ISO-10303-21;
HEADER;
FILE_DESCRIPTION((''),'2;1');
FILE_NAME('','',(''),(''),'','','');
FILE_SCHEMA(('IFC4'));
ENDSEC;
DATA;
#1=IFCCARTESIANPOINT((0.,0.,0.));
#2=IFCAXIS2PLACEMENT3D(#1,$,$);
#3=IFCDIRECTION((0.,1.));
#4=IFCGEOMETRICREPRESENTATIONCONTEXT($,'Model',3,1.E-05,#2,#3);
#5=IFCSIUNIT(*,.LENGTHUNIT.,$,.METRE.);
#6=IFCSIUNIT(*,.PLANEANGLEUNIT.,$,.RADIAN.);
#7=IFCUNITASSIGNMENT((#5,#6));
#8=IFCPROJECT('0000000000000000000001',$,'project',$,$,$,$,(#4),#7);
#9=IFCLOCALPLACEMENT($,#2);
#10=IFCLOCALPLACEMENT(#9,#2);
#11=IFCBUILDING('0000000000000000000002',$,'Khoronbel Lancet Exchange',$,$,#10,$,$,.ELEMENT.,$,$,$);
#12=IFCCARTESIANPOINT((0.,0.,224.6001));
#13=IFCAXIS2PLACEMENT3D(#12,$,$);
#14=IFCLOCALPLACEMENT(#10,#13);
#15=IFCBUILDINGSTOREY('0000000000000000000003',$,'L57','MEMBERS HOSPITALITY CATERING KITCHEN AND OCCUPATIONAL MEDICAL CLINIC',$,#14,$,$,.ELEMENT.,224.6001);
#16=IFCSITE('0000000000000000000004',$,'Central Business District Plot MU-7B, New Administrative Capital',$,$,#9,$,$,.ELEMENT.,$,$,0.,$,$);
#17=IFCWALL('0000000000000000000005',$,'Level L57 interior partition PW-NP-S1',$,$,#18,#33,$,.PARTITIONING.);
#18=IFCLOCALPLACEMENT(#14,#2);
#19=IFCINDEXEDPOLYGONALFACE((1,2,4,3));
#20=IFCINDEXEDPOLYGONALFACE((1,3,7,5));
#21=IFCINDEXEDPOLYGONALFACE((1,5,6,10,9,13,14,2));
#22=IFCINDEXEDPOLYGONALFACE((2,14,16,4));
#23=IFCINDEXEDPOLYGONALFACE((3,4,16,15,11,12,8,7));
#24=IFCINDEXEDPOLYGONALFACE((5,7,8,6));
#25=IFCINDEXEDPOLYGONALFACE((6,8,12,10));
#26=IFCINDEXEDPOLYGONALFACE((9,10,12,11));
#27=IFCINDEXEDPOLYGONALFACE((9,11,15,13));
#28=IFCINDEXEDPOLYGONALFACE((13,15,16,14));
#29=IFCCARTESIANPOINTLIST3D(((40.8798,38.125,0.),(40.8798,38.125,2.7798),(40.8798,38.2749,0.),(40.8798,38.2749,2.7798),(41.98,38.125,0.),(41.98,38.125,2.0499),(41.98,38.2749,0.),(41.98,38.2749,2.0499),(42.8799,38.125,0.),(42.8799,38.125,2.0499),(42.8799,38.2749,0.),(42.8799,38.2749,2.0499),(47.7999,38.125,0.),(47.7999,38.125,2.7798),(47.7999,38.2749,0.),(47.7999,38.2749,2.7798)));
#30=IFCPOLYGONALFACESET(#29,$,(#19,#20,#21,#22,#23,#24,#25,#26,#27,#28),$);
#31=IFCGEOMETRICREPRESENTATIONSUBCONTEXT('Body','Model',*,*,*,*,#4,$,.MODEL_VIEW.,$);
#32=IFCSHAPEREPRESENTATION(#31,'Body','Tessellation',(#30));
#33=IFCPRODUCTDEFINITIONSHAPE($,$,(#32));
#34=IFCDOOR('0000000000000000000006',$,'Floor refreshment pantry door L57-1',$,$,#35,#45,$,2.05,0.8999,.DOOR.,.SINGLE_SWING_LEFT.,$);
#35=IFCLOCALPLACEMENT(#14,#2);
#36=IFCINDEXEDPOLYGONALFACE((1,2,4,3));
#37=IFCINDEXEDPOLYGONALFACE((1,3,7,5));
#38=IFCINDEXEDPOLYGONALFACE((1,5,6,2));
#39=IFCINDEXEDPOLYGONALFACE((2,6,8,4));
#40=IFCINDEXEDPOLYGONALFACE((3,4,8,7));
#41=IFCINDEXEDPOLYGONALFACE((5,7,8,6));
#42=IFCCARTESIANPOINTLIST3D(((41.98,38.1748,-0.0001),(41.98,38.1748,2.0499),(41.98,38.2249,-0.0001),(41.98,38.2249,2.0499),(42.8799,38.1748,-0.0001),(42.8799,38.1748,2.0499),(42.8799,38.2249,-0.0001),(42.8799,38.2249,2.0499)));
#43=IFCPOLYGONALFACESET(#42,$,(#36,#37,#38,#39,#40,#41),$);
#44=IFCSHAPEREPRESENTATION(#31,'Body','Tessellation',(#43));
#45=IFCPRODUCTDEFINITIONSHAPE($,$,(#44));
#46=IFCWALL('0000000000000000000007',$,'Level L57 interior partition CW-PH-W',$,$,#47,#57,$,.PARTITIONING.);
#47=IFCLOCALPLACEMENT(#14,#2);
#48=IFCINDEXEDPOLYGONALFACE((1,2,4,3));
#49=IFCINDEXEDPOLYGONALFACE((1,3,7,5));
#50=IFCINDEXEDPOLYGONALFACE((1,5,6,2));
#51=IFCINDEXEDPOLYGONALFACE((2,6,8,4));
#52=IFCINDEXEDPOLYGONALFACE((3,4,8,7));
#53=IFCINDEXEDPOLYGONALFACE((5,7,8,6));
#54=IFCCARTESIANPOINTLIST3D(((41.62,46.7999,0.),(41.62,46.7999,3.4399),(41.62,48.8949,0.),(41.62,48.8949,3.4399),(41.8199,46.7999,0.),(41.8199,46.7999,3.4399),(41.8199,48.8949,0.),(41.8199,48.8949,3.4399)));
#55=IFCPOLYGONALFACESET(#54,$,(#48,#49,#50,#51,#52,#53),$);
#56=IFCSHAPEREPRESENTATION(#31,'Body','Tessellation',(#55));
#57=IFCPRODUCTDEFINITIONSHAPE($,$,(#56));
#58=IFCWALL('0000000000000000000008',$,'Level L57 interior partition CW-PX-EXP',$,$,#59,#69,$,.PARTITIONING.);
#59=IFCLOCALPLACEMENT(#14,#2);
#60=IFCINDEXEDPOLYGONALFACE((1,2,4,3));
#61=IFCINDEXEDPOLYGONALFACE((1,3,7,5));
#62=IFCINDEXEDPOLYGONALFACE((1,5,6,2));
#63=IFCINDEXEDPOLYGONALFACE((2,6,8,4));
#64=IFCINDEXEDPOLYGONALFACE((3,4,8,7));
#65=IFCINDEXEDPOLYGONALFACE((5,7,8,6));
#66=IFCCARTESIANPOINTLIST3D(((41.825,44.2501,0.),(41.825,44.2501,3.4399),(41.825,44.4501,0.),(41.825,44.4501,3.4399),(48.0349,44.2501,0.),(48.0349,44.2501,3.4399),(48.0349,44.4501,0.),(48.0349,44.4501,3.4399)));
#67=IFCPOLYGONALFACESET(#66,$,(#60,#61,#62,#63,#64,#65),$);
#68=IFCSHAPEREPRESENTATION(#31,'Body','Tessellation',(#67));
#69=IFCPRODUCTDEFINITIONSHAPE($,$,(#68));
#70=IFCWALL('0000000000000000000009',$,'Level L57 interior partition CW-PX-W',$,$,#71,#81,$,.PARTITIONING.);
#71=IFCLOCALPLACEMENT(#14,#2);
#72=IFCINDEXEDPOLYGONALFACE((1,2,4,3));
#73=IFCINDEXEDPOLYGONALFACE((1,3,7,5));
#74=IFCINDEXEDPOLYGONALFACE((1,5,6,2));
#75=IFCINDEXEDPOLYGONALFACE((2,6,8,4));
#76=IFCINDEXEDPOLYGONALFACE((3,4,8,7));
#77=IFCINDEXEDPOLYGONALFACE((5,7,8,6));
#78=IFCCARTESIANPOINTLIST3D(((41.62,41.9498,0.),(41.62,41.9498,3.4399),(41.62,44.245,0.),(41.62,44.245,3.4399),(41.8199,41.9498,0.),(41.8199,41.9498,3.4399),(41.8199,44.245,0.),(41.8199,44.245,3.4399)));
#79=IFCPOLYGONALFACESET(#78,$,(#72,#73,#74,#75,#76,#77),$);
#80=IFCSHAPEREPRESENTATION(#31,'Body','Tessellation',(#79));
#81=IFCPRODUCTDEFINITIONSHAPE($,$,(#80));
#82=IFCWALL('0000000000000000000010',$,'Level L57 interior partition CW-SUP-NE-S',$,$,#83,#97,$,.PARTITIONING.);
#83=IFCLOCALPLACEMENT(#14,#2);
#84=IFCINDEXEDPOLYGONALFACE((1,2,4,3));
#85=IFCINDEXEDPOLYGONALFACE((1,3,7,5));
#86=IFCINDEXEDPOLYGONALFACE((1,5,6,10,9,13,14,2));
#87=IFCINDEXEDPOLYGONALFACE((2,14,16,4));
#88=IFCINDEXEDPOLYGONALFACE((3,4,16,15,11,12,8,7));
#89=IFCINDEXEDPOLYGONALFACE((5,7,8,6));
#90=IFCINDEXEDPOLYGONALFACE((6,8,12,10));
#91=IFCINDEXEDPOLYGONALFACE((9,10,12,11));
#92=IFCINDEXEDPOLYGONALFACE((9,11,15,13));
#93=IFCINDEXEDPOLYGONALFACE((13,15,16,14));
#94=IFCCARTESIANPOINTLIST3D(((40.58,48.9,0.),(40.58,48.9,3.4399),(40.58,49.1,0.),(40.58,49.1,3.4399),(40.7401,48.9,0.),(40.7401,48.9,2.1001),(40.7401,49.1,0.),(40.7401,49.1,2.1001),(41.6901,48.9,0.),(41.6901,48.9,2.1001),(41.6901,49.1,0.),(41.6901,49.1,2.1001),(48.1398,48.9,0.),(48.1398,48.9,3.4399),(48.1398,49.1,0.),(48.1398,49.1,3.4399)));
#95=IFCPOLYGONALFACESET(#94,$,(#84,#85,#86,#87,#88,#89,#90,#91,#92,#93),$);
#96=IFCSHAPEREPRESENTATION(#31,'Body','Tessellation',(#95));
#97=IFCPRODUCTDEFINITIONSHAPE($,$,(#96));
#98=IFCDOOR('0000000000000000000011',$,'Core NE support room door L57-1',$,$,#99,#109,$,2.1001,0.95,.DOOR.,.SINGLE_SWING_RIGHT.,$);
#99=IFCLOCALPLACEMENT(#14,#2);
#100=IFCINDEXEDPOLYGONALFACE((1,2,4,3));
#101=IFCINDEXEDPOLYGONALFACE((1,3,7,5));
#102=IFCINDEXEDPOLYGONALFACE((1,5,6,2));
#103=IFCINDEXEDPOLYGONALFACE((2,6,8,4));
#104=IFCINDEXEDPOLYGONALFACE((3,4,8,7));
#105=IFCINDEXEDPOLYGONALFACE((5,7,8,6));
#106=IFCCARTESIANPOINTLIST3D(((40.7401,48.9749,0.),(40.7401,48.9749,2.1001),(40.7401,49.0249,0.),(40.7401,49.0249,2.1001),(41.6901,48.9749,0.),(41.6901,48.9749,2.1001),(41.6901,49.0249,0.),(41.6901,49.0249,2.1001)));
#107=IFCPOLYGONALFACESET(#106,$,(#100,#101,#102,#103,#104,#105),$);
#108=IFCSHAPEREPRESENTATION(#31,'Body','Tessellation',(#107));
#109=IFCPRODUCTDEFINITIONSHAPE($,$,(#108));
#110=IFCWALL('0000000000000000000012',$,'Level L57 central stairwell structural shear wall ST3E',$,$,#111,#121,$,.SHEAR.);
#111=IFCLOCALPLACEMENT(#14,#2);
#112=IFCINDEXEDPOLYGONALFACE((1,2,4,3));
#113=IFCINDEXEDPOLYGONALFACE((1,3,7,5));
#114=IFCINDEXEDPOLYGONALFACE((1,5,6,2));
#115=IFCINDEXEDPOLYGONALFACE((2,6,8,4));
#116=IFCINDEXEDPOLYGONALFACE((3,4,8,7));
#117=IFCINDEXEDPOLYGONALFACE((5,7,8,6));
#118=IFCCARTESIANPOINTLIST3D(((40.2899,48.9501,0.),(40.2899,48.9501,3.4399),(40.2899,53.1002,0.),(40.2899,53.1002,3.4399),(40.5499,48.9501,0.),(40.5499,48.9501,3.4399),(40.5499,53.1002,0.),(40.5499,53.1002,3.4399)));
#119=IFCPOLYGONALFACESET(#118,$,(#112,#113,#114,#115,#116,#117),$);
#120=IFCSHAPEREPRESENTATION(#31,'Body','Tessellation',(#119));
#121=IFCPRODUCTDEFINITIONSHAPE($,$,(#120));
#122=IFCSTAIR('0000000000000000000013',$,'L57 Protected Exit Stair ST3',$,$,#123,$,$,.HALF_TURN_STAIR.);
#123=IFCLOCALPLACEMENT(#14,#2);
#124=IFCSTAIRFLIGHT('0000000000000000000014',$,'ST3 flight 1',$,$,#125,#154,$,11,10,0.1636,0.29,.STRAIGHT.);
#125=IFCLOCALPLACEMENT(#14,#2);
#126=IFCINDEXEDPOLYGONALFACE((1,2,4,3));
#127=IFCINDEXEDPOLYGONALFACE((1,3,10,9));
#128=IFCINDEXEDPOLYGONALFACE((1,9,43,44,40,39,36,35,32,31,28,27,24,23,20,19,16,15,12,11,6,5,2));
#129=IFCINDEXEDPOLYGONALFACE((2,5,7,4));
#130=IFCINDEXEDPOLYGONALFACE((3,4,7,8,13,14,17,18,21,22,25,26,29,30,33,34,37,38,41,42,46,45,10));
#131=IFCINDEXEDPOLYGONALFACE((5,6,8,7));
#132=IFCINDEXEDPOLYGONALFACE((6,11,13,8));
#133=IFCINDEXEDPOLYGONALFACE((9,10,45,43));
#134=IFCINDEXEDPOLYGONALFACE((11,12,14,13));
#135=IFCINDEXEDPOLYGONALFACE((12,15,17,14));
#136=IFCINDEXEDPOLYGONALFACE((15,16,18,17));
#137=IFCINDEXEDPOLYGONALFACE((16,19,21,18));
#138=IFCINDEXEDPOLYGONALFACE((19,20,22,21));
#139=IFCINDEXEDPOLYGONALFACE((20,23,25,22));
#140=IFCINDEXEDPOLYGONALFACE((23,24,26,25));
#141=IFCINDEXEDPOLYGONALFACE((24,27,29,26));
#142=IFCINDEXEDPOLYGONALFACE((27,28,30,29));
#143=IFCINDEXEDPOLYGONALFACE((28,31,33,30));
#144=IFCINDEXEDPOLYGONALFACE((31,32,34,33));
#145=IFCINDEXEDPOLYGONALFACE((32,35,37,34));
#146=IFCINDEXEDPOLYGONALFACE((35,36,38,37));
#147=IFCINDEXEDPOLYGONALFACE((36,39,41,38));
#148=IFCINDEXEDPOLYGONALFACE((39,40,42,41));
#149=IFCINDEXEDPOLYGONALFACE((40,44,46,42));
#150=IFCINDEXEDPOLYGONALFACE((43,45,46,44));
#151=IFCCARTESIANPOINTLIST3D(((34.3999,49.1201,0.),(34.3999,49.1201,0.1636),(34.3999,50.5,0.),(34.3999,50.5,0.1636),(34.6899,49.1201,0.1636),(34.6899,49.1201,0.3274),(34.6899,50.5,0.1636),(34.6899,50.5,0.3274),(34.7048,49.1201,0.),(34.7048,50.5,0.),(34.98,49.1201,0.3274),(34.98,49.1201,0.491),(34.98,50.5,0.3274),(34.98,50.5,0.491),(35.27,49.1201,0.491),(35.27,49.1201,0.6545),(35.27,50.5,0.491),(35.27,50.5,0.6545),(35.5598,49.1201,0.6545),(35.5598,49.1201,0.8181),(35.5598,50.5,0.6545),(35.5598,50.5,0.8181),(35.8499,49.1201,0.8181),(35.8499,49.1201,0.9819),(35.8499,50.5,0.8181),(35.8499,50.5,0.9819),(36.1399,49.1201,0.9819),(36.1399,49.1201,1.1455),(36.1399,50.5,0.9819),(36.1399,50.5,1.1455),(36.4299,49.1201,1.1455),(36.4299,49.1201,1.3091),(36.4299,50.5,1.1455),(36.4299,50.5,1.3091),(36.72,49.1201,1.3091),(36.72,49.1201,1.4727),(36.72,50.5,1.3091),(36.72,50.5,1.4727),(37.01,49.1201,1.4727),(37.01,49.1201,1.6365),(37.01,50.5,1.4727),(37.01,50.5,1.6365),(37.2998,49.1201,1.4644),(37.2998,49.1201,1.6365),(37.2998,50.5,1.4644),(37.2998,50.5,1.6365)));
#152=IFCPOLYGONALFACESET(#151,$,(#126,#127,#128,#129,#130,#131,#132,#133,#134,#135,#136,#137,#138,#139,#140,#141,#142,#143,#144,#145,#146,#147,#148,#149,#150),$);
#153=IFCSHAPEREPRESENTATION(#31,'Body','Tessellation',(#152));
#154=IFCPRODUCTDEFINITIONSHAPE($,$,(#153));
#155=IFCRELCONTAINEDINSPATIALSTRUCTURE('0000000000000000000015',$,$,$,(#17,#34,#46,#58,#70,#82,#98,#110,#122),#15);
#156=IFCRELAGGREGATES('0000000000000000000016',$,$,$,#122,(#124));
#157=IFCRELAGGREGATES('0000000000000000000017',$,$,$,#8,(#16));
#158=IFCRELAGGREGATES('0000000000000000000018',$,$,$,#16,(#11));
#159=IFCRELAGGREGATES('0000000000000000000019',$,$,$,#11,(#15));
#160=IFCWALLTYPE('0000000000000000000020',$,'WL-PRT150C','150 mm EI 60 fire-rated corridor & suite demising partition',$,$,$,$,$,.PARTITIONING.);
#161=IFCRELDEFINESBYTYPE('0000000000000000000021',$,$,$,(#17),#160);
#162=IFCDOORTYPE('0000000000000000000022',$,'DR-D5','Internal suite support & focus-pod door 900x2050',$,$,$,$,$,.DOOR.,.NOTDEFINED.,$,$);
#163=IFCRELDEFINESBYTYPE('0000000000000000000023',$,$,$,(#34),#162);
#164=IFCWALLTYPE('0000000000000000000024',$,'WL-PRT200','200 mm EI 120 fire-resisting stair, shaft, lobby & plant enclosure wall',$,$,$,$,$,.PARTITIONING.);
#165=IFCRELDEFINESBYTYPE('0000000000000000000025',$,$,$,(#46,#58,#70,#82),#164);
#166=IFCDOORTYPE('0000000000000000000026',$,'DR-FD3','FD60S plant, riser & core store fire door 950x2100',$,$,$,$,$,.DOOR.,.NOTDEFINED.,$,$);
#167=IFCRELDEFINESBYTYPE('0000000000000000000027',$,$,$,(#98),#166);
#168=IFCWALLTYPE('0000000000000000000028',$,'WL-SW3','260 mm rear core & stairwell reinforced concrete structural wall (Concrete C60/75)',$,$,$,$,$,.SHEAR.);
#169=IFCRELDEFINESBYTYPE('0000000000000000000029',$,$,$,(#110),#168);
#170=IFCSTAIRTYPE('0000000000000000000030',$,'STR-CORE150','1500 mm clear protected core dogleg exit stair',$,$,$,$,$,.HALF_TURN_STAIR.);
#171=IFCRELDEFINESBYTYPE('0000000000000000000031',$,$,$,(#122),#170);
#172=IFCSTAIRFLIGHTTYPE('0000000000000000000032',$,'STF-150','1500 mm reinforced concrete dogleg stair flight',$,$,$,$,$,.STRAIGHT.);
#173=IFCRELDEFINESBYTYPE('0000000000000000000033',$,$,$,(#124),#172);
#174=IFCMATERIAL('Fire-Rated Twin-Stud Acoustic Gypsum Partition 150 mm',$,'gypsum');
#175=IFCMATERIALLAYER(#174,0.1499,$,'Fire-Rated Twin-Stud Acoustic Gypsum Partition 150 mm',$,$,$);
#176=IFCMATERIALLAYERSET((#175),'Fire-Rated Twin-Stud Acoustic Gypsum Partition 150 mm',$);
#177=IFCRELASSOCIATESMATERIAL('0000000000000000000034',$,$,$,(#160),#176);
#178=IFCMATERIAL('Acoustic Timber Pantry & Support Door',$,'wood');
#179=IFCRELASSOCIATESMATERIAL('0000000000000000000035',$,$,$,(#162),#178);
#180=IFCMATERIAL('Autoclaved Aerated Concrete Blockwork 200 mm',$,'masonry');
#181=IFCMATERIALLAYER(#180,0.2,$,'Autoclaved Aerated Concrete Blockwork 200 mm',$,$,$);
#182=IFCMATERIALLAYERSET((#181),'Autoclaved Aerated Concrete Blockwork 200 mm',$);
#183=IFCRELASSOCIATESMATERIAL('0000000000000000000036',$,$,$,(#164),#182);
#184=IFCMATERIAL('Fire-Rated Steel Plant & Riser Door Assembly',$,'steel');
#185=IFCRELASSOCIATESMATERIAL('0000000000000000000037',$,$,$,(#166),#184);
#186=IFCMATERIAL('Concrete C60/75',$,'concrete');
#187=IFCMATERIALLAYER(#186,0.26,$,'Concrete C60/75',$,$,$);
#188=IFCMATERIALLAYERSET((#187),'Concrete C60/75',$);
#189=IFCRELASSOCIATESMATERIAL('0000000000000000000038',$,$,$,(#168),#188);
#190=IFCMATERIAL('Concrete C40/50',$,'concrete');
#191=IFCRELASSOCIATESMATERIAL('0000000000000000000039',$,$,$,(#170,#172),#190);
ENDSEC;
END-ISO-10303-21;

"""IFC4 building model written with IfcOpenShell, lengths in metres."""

from ifc_helpers import new_model, si_unit, direction, frame, frame_2d, origin, place, context, subcontext, project, spatial, polyline, rectangle, outline, extrude, material, layer, layer_set, type_object, element, fill, aggregate, save


model = new_model("IFC4")

# Units and contexts
model_context = context("Model", 3, precision=1e-05, world=origin(), true_north=direction((0.0, 1.0)))
body_context = subcontext(model_context, "Body", "Model", "MODEL_VIEW")
ifc_project = project(units=[si_unit("LENGTHUNIT", "METRE"), si_unit("PLANEANGLEUNIT", "RADIAN")], contexts=[model_context])

# Site, building, storey
site_placement = place(None, origin())
site = spatial("IfcSite", under=ifc_project, at=site_placement, Name="Central Business District Plot MU-7B, New Administrative Capital", CompositionType="ELEMENT", RefElevation=0.0)
building_placement = place(site_placement, origin())
building = spatial("IfcBuilding", under=site, at=building_placement, Name="Khoronbel Lancet Exchange", CompositionType="ELEMENT")
storey_placement = place(building_placement, frame((0.0, 0.0, 224.6001)))
storey = spatial("IfcBuildingStorey", under=building, at=storey_placement, Name="L57", Description="MEMBERS HOSPITALITY CATERING KITCHEN AND OCCUPATIONAL MEDICAL CLINIC", CompositionType="ELEMENT", Elevation=224.6001)

# Shared definitions
ifc_material_1 = material(Name="Concrete C60/75", Category="concrete")

# Wall, opening, door
ifc_material_2 = material(Name="Fire-Rated Twin-Stud Acoustic Gypsum Partition 150 mm", Category="gypsum")
ifc_layer_1 = layer(ifc_material_2, 0.1499, Name="Fire-Rated Twin-Stud Acoustic Gypsum Partition 150 mm")
ifc_layer_set_1 = layer_set([ifc_layer_1], Name="Fire-Rated Twin-Stud Acoustic Gypsum Partition 150 mm")
wall_type_1 = type_object("IfcWallType", Name="WL-PRT150C", Description="150 mm EI 60 fire-rated corridor & suite demising partition", PredefinedType="PARTITIONING", material=ifc_layer_set_1)
wall_1_placement = place(storey_placement, frame((40.8799, 38.2, 0.0), z_axis=(0.0, 0.0, 1.0), x_axis=(1.0, 0.0, 0.0)))
wall_1 = element("IfcWall", 1, at=wall_1_placement, inside=storey, type_object=wall_type_1, Name="Level L57 interior partition PW-NP-S1", PredefinedType="PARTITIONING", context=body_context, shape_type="SweptSolid", body=[
    extrude(rectangle(XDim=6.9202, YDim=0.1499, at=frame_2d((3.46, 0.0))), origin(), (0.0, 0.0, 1.0), 2.7798),
])
opening_1_placement = place(wall_1_placement, frame((1.1001, 0.0, 0.0)))
opening_1 = element("IfcOpeningElement", 2, at=opening_1_placement, cuts=wall_1, PredefinedType="OPENING", context=body_context, shape_type="SweptSolid", body=[
    extrude(rectangle(XDim=0.8999, YDim=2.05, at=frame_2d((0.45, 1.0249))), frame((0.0, 0.085, 0.0), z_axis=(0.0, -1.0, 0.0), x_axis=(1.0, 0.0, 0.0)), (0.0, 0.0, 1.0), 0.1699),
])
ifc_material_3 = material(Name="Acoustic Timber Pantry & Support Door", Category="wood")
door_type_1 = type_object("IfcDoorType", Name="DR-D5", Description="Internal suite support & focus-pod door 900x2050", OperationType="NOTDEFINED", PredefinedType="DOOR", material=ifc_material_3)
door_1_placement = place(opening_1_placement, origin())
door_1 = element("IfcDoor", 3, at=door_1_placement, inside=storey, type_object=door_type_1, Name="Floor refreshment pantry door L57-1", OperationType="SINGLE_SWING_LEFT", OverallHeight=2.05, OverallWidth=0.8999, PredefinedType="DOOR", context=body_context, shape_type="SweptSolid", body=[
    extrude(rectangle(XDim=0.8999, YDim=2.05, at=frame_2d((0.45, 1.0249))), frame((0.0, 0.0249, 0.0), z_axis=(0.0, -1.0, 0.0), x_axis=(1.0, 0.0, 0.0)), (0.0, 0.0, 1.0), 0.05),
])
fill(opening_1, door_1)

# Walls
ifc_material_4 = material(Name="Autoclaved Aerated Concrete Blockwork 200 mm", Category="masonry")
ifc_layer_2 = layer(ifc_material_4, 0.2, Name="Autoclaved Aerated Concrete Blockwork 200 mm")
ifc_layer_set_2 = layer_set([ifc_layer_2], Name="Autoclaved Aerated Concrete Blockwork 200 mm")
wall_type_2 = type_object("IfcWallType", Name="WL-PRT200", Description="200 mm EI 120 fire-resisting stair, shaft, lobby & plant enclosure wall", PredefinedType="PARTITIONING", material=ifc_layer_set_2)
wall_2_placement = place(storey_placement, frame((41.72, 46.8, 0.0), z_axis=(0.0, 0.0, 1.0), x_axis=(0.0, 1.0, 0.0)))
element("IfcWall", 4, at=wall_2_placement, inside=storey, type_object=wall_type_2, Name="Level L57 interior partition CW-PH-W", PredefinedType="PARTITIONING", context=body_context, shape_type="SweptSolid", body=[
    extrude(rectangle(XDim=2.095, YDim=0.2, at=frame_2d((1.0474, 0.0))), origin(), (0.0, 0.0, 1.0), 3.4399),
])
wall_3_placement = place(storey_placement, frame((41.825, 44.3501, 0.0), z_axis=(0.0, 0.0, 1.0), x_axis=(1.0, 0.0, 0.0)))
element("IfcWall", 5, at=wall_3_placement, inside=storey, type_object=wall_type_2, Name="Level L57 interior partition CW-PX-EXP", PredefinedType="PARTITIONING", context=body_context, shape_type="SweptSolid", body=[
    extrude(rectangle(XDim=6.21, YDim=0.2, at=frame_2d((3.105, 0.0))), origin(), (0.0, 0.0, 1.0), 3.4399),
])
wall_4_placement = place(storey_placement, frame((41.72, 41.95, 0.0), z_axis=(0.0, 0.0, 1.0), x_axis=(0.0, 1.0, 0.0)))
element("IfcWall", 6, at=wall_4_placement, inside=storey, type_object=wall_type_2, Name="Level L57 interior partition CW-PX-W", PredefinedType="PARTITIONING", context=body_context, shape_type="SweptSolid", body=[
    extrude(rectangle(XDim=2.2952, YDim=0.2, at=frame_2d((1.1475, 0.0))), origin(), (0.0, 0.0, 1.0), 3.4399),
])

# Wall, opening, door
wall_5_placement = place(storey_placement, frame((40.5801, 49.0, 0.0), z_axis=(0.0, 0.0, 1.0), x_axis=(1.0, 0.0, 0.0)))
wall_5 = element("IfcWall", 7, at=wall_5_placement, inside=storey, type_object=wall_type_2, Name="Level L57 interior partition CW-SUP-NE-S", PredefinedType="PARTITIONING", context=body_context, shape_type="SweptSolid", body=[
    extrude(rectangle(XDim=7.5598, YDim=0.2, at=frame_2d((3.7798, 0.0))), origin(), (0.0, 0.0, 1.0), 3.4399),
])
opening_2_placement = place(wall_5_placement, frame((0.1599, 0.0, 0.0)))
opening_2 = element("IfcOpeningElement", 8, at=opening_2_placement, cuts=wall_5, PredefinedType="OPENING", context=body_context, shape_type="SweptSolid", body=[
    extrude(rectangle(XDim=0.95, YDim=2.1001, at=frame_2d((0.4751, 1.05))), frame((0.0, 0.1099, 0.0), z_axis=(0.0, -1.0, 0.0), x_axis=(1.0, 0.0, 0.0)), (0.0, 0.0, 1.0), 0.22),
])
ifc_material_5 = material(Name="Fire-Rated Steel Plant & Riser Door Assembly", Category="steel")
door_type_2 = type_object("IfcDoorType", Name="DR-FD3", Description="FD60S plant, riser & core store fire door 950x2100", OperationType="NOTDEFINED", PredefinedType="DOOR", material=ifc_material_5)
door_2_placement = place(opening_2_placement, origin())
door_2 = element("IfcDoor", 9, at=door_2_placement, inside=storey, type_object=door_type_2, Name="Core NE support room door L57-1", OperationType="SINGLE_SWING_RIGHT", OverallHeight=2.1001, OverallWidth=0.95, PredefinedType="DOOR", context=body_context, shape_type="SweptSolid", body=[
    extrude(rectangle(XDim=0.95, YDim=2.1001, at=frame_2d((0.4751, 1.05))), frame((0.0, 0.0249, 0.0), z_axis=(0.0, -1.0, 0.0), x_axis=(1.0, 0.0, 0.0)), (0.0, 0.0, 1.0), 0.05),
])
fill(opening_2, door_2)

# Wall
ifc_layer_3 = layer(ifc_material_1, 0.26, Name="Concrete C60/75")
ifc_layer_set_3 = layer_set([ifc_layer_3], Name="Concrete C60/75")
wall_type_3 = type_object("IfcWallType", Name="WL-SW3", Description="260 mm rear core & stairwell reinforced concrete structural wall (Concrete C60/75)", PredefinedType="SHEAR", material=ifc_layer_set_3)
wall_6_placement = place(storey_placement, frame((40.4199, 48.95, 0.0), z_axis=(0.0, 0.0, 1.0), x_axis=(0.0, 1.0, 0.0)))
element("IfcWall", 10, at=wall_6_placement, inside=storey, type_object=wall_type_3, Name="Level L57 central stairwell structural shear wall ST3E", PredefinedType="SHEAR", context=body_context, shape_type="SweptSolid", body=[
    extrude(rectangle(XDim=4.1501, YDim=0.26, at=frame_2d((2.0752, 0.0))), origin(), (0.0, 0.0, 1.0), 3.4399),
])

# Stair, stair flight
ifc_material_6 = material(Name="Concrete C40/50", Category="concrete")
stair_type = type_object("IfcStairType", Name="STR-CORE150", Description="1500 mm clear protected core dogleg exit stair", PredefinedType="HALF_TURN_STAIR", material=ifc_material_6)
stair_placement = place(storey_placement, origin())
stair = element("IfcStair", 11, at=stair_placement, inside=storey, type_object=stair_type, Name="L57 Protected Exit Stair ST3", PredefinedType="HALF_TURN_STAIR")
stair_flight_type = type_object("IfcStairFlightType", Name="STF-150", Description="1500 mm reinforced concrete dogleg stair flight", PredefinedType="STRAIGHT", material=ifc_material_6)
stair_flight_1_placement = place(storey_placement, frame((34.3999, 49.8101, 0.0), z_axis=(0.0, 0.0, 1.0), x_axis=(1.0, 0.0, 0.0)))
stair_flight_1 = element("IfcStairFlight", 12, at=stair_flight_1_placement, type_object=stair_flight_type, Name="ST3 flight 1", NumberOfRisers=11, NumberOfTreads=10, PredefinedType="STRAIGHT", RiserHeight=0.1636, TreadLength=0.29, context=body_context, shape_type="SweptSolid", body=[
    extrude(outline(polyline([(0.0, 0.0), (0.0, 0.1636), (0.29, 0.1636), (0.29, 0.3274), (0.5801, 0.3274), (0.5801, 0.491), (0.8701, 0.491), (0.8701, 0.6545), (1.1599, 0.6545), (1.1599, 0.8181), (1.45, 0.8181), (1.45, 0.9819), (1.74, 0.9819), (1.74, 1.1455), (2.03, 1.1455), (2.03, 1.3091), (2.3201, 1.3091), (2.3201, 1.4727), (2.6101, 1.4727), (2.6101, 1.6365), (2.8999, 1.6365), (2.8999, 1.8), (2.8999, 1.4644), (0.3049, 0.0), (0.0, 0.0)])), frame((0.0, 0.6899, 0.0), z_axis=(0.0, -1.0, 0.0), x_axis=(1.0, 0.0, 0.0)), (0.0, 0.0, 1.0), 1.3799),
])
aggregate(stair, [stair_flight_1])

save(model, "model.ifc")
